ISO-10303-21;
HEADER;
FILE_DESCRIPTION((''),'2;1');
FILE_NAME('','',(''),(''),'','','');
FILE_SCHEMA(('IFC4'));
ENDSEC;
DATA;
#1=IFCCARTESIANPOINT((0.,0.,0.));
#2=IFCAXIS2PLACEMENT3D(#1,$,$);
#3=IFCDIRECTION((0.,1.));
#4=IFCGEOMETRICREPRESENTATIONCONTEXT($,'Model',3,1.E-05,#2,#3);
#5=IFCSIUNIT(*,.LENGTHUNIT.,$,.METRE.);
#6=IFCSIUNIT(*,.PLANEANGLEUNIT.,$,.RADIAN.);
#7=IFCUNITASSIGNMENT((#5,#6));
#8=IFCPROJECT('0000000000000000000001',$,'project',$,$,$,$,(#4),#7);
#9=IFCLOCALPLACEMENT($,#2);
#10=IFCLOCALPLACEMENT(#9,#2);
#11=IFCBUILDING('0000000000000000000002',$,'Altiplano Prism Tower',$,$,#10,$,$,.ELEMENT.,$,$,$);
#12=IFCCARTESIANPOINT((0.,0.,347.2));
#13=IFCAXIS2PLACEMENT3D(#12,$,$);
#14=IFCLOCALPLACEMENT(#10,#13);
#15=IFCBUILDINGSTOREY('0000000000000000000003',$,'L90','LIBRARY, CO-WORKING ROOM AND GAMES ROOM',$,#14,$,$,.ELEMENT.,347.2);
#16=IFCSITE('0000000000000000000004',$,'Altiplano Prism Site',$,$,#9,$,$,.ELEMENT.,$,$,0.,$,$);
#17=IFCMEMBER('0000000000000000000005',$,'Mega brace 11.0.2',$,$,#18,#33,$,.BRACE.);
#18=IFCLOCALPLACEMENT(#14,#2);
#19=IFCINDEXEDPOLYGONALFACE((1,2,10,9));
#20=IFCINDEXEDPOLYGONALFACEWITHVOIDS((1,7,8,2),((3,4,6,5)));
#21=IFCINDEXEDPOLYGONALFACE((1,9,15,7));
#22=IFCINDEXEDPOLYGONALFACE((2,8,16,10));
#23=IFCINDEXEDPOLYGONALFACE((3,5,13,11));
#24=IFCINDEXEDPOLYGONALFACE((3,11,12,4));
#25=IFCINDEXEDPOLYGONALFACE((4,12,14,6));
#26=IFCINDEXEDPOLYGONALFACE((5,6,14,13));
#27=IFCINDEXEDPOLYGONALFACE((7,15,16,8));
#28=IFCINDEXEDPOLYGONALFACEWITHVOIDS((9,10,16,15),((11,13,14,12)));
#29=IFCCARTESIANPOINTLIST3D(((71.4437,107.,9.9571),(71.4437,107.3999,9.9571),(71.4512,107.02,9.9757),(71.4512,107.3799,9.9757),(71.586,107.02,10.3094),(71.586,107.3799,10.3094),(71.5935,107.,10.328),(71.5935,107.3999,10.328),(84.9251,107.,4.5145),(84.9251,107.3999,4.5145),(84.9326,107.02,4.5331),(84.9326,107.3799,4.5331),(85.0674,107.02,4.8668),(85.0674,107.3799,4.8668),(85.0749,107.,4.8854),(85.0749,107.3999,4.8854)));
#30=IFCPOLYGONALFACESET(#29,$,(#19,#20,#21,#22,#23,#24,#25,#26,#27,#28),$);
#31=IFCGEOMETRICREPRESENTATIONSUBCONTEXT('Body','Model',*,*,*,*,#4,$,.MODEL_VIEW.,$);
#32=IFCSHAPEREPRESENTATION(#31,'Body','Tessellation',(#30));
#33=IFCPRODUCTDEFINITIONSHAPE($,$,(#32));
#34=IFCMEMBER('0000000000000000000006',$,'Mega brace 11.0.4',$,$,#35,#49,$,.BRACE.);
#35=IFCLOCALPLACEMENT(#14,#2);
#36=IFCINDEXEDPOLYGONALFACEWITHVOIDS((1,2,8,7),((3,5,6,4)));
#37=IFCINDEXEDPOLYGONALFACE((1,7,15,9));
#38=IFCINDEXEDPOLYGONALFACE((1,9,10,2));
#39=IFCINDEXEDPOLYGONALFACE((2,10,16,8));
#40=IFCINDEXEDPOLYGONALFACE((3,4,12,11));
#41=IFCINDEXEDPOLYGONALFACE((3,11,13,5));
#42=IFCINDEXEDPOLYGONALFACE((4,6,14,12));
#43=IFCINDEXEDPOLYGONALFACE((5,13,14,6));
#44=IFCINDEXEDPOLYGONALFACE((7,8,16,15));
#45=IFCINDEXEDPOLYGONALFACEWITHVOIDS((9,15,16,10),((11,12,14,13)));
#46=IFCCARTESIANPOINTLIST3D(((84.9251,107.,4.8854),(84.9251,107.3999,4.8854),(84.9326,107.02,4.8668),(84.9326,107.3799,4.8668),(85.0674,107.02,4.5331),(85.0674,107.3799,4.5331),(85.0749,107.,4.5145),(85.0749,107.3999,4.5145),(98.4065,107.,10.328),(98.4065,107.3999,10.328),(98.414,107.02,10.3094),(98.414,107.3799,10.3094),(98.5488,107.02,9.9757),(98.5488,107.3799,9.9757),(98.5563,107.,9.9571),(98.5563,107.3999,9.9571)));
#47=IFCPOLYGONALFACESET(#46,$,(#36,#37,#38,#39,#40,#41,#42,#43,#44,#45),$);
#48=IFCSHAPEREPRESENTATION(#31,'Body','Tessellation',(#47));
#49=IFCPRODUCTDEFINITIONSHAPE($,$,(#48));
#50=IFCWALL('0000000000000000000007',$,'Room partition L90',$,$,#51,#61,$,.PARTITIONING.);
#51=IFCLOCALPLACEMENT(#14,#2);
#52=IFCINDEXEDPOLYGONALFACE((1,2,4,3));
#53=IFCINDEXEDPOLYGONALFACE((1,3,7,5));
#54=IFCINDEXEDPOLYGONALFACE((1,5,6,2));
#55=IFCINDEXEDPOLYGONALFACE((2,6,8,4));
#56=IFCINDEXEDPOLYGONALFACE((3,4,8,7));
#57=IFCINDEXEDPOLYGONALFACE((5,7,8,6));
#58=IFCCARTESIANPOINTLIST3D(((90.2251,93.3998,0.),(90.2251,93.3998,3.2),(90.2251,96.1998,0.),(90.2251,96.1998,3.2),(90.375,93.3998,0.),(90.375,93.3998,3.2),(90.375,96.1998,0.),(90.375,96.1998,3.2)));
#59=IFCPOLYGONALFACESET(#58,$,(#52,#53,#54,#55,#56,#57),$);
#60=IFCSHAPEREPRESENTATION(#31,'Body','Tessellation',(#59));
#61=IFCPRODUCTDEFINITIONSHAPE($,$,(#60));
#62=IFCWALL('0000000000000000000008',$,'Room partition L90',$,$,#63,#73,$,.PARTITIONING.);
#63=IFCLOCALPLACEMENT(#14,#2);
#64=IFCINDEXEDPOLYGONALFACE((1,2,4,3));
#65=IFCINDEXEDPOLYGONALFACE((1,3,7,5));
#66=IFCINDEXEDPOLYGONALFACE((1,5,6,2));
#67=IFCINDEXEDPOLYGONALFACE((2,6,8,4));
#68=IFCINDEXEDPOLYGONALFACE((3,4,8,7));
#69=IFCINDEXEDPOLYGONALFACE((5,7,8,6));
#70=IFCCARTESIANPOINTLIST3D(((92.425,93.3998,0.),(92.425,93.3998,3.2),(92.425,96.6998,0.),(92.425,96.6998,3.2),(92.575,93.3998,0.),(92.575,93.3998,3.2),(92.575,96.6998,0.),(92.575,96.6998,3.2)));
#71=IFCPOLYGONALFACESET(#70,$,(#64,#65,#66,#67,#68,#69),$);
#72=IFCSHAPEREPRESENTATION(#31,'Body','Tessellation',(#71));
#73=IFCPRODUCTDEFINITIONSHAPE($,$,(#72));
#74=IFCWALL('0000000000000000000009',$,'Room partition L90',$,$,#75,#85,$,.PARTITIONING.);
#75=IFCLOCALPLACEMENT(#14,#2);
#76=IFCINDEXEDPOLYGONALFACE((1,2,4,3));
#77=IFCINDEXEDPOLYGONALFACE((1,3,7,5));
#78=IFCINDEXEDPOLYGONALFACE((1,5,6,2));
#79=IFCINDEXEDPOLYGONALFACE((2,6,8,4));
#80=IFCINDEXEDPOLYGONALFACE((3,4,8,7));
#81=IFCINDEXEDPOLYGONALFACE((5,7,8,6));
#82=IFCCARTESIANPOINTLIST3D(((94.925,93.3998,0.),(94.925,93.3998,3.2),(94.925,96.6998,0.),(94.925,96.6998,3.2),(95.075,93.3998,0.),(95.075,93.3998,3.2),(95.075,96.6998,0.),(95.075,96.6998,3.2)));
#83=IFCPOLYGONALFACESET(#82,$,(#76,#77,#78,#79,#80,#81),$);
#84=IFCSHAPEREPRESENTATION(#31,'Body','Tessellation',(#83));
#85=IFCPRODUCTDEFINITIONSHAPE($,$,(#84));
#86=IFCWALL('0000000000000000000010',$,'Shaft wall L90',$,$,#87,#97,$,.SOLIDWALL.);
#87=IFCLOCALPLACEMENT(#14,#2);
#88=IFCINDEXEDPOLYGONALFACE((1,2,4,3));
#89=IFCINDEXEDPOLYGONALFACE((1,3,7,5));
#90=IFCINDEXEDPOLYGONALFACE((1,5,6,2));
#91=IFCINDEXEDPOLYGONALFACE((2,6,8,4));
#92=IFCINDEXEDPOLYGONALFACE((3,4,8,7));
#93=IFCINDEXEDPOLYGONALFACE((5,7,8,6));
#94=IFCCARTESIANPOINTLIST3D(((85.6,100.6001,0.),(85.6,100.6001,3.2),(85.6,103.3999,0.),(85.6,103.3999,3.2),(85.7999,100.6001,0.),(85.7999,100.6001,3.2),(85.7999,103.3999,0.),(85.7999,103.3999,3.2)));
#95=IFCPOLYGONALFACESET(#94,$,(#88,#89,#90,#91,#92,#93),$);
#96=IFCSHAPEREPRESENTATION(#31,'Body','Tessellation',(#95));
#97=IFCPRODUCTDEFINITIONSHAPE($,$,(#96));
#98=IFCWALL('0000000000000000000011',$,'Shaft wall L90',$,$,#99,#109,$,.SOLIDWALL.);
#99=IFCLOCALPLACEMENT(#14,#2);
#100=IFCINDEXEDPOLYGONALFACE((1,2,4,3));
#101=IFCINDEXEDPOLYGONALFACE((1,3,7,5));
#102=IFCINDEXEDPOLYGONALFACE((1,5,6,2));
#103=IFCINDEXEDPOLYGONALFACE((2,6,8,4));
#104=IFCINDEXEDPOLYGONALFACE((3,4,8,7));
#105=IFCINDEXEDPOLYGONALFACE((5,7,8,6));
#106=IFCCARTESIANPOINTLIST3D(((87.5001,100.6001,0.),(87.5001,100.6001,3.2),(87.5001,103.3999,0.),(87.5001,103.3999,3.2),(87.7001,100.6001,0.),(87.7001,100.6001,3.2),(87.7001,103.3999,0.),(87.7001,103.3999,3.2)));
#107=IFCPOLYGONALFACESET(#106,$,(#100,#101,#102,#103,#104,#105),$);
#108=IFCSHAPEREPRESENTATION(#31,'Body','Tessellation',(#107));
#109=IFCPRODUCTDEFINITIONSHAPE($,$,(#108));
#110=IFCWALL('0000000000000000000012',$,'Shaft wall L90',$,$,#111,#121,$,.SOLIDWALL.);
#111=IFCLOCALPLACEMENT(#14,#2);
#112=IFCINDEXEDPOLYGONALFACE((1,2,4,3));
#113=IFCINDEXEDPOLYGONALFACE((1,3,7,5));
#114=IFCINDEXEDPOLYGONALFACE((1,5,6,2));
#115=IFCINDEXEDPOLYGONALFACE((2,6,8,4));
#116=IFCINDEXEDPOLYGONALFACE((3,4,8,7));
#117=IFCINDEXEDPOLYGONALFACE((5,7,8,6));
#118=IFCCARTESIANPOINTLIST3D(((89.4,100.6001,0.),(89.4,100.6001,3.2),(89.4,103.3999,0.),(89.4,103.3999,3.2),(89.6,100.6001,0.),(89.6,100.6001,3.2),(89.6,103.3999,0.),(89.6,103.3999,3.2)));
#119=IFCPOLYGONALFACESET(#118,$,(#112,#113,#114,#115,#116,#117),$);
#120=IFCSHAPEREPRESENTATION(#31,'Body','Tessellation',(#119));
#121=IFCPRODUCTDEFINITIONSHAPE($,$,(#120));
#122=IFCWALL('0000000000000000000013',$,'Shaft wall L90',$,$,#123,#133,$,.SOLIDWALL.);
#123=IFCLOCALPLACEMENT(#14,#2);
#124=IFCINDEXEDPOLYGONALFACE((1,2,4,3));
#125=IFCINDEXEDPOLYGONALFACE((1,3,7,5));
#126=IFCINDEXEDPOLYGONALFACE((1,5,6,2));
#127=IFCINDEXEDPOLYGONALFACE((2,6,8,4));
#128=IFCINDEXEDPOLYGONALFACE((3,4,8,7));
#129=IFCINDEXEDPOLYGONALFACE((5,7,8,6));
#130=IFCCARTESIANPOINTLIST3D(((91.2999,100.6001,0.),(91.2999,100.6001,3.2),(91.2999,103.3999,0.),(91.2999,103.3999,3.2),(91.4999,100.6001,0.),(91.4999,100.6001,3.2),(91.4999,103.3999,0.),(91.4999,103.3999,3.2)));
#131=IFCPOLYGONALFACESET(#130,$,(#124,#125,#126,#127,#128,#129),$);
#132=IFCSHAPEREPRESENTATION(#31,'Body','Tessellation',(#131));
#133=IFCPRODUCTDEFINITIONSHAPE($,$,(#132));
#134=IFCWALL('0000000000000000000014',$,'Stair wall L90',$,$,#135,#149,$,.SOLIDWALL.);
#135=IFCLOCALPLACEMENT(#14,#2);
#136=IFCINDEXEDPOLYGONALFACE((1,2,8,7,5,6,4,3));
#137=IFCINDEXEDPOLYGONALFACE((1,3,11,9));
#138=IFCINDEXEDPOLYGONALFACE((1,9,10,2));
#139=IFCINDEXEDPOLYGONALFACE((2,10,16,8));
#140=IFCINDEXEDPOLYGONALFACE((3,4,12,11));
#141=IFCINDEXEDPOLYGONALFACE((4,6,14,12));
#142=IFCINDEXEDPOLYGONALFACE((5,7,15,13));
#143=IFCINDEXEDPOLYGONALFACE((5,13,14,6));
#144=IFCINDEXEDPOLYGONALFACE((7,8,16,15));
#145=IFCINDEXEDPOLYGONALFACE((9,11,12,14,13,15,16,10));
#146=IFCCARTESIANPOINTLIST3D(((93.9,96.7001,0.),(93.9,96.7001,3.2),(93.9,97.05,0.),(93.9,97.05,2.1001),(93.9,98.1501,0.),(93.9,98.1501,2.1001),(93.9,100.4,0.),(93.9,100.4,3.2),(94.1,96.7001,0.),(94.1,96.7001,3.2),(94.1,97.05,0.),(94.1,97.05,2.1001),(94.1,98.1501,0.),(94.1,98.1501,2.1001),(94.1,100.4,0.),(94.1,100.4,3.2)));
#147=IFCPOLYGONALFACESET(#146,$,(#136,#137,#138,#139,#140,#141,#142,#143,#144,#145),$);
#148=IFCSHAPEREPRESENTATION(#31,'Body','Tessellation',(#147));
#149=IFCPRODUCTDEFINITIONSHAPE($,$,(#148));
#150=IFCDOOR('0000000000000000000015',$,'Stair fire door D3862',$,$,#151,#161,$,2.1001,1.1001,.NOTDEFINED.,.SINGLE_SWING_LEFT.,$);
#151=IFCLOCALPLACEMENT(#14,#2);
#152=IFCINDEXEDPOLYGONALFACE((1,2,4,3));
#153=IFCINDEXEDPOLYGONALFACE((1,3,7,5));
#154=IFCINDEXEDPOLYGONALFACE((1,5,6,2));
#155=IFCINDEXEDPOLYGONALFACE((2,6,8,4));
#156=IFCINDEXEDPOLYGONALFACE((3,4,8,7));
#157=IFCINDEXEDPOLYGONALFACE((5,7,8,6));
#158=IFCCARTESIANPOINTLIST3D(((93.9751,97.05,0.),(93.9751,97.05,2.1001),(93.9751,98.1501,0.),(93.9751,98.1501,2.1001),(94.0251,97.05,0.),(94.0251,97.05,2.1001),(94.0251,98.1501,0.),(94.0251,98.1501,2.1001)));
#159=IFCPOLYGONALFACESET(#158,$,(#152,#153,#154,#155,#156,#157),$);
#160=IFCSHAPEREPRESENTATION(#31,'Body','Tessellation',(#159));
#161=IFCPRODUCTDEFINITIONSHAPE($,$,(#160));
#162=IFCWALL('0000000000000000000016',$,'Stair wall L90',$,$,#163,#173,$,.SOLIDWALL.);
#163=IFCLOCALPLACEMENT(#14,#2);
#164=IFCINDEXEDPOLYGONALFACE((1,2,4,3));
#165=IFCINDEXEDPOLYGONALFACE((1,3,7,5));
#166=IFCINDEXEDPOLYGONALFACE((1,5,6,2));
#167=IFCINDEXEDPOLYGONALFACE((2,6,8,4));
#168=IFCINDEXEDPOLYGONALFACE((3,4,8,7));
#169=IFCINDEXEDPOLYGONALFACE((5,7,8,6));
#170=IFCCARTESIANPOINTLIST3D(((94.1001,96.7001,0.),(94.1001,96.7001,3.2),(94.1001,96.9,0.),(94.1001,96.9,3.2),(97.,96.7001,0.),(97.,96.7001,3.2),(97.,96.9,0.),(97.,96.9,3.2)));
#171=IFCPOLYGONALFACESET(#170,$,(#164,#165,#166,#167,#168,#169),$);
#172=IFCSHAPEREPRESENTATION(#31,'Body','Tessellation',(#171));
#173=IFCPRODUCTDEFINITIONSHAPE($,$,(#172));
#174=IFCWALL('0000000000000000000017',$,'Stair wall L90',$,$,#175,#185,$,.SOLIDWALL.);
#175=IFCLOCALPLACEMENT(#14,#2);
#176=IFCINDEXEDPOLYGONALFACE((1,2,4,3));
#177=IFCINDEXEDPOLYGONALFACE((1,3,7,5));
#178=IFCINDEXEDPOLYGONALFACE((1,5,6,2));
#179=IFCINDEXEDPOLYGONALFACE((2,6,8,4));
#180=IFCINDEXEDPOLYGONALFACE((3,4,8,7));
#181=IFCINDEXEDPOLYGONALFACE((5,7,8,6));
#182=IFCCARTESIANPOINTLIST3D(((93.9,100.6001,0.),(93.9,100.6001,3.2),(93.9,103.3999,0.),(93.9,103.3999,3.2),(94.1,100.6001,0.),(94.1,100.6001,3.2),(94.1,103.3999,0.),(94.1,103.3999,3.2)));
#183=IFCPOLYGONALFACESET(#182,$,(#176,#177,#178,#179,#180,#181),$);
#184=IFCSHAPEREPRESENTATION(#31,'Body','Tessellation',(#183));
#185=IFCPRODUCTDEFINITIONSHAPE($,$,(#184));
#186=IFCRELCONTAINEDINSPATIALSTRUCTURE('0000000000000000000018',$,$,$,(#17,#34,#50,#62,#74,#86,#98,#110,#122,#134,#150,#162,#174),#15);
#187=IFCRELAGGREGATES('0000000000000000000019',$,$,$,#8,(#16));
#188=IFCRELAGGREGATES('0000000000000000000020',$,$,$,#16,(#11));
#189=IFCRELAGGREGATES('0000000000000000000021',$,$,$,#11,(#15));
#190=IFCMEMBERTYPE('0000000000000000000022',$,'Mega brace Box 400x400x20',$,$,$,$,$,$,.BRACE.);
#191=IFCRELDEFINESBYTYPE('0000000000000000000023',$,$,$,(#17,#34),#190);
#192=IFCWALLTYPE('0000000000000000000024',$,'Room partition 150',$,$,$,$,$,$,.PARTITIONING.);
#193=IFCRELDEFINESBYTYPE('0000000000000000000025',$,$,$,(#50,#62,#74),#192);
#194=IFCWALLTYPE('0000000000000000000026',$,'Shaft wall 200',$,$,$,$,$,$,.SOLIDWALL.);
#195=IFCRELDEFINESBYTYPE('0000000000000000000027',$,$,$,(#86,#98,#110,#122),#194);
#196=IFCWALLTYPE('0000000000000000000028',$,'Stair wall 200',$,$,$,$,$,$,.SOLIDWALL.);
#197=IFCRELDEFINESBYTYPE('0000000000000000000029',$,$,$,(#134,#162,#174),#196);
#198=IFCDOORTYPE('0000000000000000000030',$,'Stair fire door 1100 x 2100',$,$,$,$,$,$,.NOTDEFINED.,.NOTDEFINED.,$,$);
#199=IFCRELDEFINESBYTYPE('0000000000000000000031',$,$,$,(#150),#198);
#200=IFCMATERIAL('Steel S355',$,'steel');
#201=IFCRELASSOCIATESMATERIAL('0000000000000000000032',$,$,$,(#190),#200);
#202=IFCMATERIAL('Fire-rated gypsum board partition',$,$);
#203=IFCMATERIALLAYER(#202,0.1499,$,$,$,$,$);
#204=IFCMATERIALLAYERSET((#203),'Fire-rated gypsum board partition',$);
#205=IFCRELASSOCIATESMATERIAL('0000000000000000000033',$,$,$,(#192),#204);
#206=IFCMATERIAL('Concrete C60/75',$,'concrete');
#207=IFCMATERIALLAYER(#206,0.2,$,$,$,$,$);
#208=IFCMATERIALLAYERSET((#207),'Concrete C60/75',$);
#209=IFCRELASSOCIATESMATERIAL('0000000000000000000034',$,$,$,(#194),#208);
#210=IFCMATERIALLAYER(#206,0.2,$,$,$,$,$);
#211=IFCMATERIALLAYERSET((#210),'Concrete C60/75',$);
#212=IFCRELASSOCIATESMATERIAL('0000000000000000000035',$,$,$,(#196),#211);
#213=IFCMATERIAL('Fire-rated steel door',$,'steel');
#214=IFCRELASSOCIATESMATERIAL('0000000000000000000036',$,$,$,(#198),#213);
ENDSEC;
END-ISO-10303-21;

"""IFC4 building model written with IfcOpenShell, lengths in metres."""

from ifc_helpers import new_model, si_unit, direction, frame, frame_2d, origin, origin_2d, place, context, subcontext, project, spatial, rectangle, hollow_rectangle, extrude, material, layer, layer_set, material_profile, profile_set, type_object, element, fill, save


model = new_model("IFC4")

# Units and contexts
model_context = context("Model", 3, precision=1e-05, world=origin(), true_north=direction((0.0, 1.0)))
body_context = subcontext(model_context, "Body", "Model", "MODEL_VIEW")
ifc_project = project(units=[si_unit("LENGTHUNIT", "METRE"), si_unit("PLANEANGLEUNIT", "RADIAN")], contexts=[model_context])

# Site, building, storey
site_placement = place(None, origin())
site = spatial("IfcSite", under=ifc_project, at=site_placement, Name="Altiplano Prism Site", CompositionType="ELEMENT", RefElevation=0.0)
building_placement = place(site_placement, origin())
building = spatial("IfcBuilding", under=site, at=building_placement, Name="Altiplano Prism Tower", CompositionType="ELEMENT")
storey_placement = place(building_placement, frame((0.0, 0.0, 347.2)))
storey = spatial("IfcBuildingStorey", under=building, at=storey_placement, Name="L90", Description="LIBRARY, CO-WORKING ROOM AND GAMES ROOM", CompositionType="ELEMENT", Elevation=347.2)

# Members
ifc_material_1 = material(Name="Steel S355", Category="steel")
ifc_material_profile = material_profile(ifc_material_1, hollow_rectangle(XDim=0.3999, YDim=0.3999, WallThickness=0.02, at=origin_2d()), Name="Mega brace Box 400x400x20")
ifc_profile_set = profile_set([ifc_material_profile], Name="Steel S355")
member_type = type_object("IfcMemberType", Name="Mega brace Box 400x400x20", PredefinedType="BRACE", material=ifc_profile_set)
for number, where, z_axis, x_axis, name in (
    (1, (85.0, 107.2, 4.7), (-0.927285, 0.0, 0.374356), (0.0, -1.0, 0.0), "Mega brace 11.0.2"),
    (2, (85.0, 107.2, 4.7), (0.927285, 0.0, 0.374356), (0.0, 1.0, 0.0), "Mega brace 11.0.4"),
):
    element("IfcMember", number, at=place(storey_placement, frame(where, z_axis=z_axis, x_axis=x_axis)), inside=storey, type_object=member_type, Name=name, PredefinedType="BRACE", context=body_context, shape_type="SweptSolid", body=[
        extrude(hollow_rectangle(XDim=0.3999, YDim=0.3999, WallThickness=0.02, at=origin_2d()), origin(), (0.0, 0.0, 1.0), 14.5386),
    ])

# Walls
ifc_material_2 = material(Name="Fire-rated gypsum board partition")
ifc_layer_1 = layer(ifc_material_2, 0.1499)
ifc_layer_set_1 = layer_set([ifc_layer_1], Name="Fire-rated gypsum board partition")
wall_type_1 = type_object("IfcWallType", Name="Room partition 150", PredefinedType="PARTITIONING", material=ifc_layer_set_1)
wall_1_placement = place(storey_placement, frame((90.3, 93.3999, 0.0), z_axis=(0.0, 0.0, 1.0), x_axis=(0.0, 1.0, 0.0)))
element("IfcWall", 3, at=wall_1_placement, inside=storey, type_object=wall_type_1, Name="Room partition L90", PredefinedType="PARTITIONING", context=body_context, shape_type="SweptSolid", body=[
    extrude(rectangle(XDim=2.8, YDim=0.1499, at=frame_2d((1.3999, 0.0))), origin(), (0.0, 0.0, 1.0), 3.2),
])
for number, where, z_axis, x_axis, name in (
    (4, (92.5, 93.3999, 0.0), (0.0, 0.0, 1.0), (0.0, 1.0, 0.0), "Room partition L90"),
    (5, (95.0, 93.3999, 0.0), (0.0, 0.0, 1.0), (0.0, 1.0, 0.0), "Room partition L90"),
):
    element("IfcWall", number, at=place(storey_placement, frame(where, z_axis=z_axis, x_axis=x_axis)), inside=storey, type_object=wall_type_1, Name=name, PredefinedType="PARTITIONING", context=body_context, shape_type="SweptSolid", body=[
        extrude(rectangle(XDim=3.3, YDim=0.1499, at=frame_2d((1.6499, 0.0))), origin(), (0.0, 0.0, 1.0), 3.2),
    ])
ifc_material_3 = material(Name="Concrete C60/75", Category="concrete")
ifc_layer_2 = layer(ifc_material_3, 0.2)
ifc_layer_set_2 = layer_set([ifc_layer_2], Name="Concrete C60/75")
wall_type_2 = type_object("IfcWallType", Name="Shaft wall 200", PredefinedType="SOLIDWALL", material=ifc_layer_set_2)
for number, where, z_axis, x_axis, name in (
    (6, (85.7, 100.6001, 0.0), (0.0, 0.0, 1.0), (0.0, 1.0, 0.0), "Shaft wall L90"),
    (7, (87.6001, 100.6001, 0.0), (0.0, 0.0, 1.0), (0.0, 1.0, 0.0), "Shaft wall L90"),
    (8, (89.5, 100.6001, 0.0), (0.0, 0.0, 1.0), (0.0, 1.0, 0.0), "Shaft wall L90"),
    (9, (91.3999, 100.6001, 0.0), (0.0, 0.0, 1.0), (0.0, 1.0, 0.0), "Shaft wall L90"),
):
    element("IfcWall", number, at=place(storey_placement, frame(where, z_axis=z_axis, x_axis=x_axis)), inside=storey, type_object=wall_type_2, Name=name, PredefinedType="SOLIDWALL", context=body_context, shape_type="SweptSolid", body=[
        extrude(rectangle(XDim=2.7998, YDim=0.2, at=frame_2d((1.3999, 0.0))), origin(), (0.0, 0.0, 1.0), 3.2),
    ])

# Wall, opening, door
ifc_layer_3 = layer(ifc_material_3, 0.2)
ifc_layer_set_3 = layer_set([ifc_layer_3], Name="Concrete C60/75")
wall_type_3 = type_object("IfcWallType", Name="Stair wall 200", PredefinedType="SOLIDWALL", material=ifc_layer_set_3)
wall_2_placement = place(storey_placement, frame((94.0, 96.7, 0.0), z_axis=(0.0, 0.0, 1.0), x_axis=(0.0, 1.0, 0.0)))
wall_2 = element("IfcWall", 10, at=wall_2_placement, inside=storey, type_object=wall_type_3, Name="Stair wall L90", PredefinedType="SOLIDWALL", context=body_context, shape_type="SweptSolid", body=[
    extrude(rectangle(XDim=3.7, YDim=0.2, at=frame_2d((1.8501, 0.0))), origin(), (0.0, 0.0, 1.0), 3.2),
])
opening_1_placement = place(wall_2_placement, frame((0.3501, 0.0, 0.0)))
opening_1 = element("IfcOpeningElement", 11, at=opening_1_placement, cuts=wall_2, PredefinedType="OPENING", context=body_context, shape_type="SweptSolid", body=[
    extrude(rectangle(XDim=1.1001, YDim=2.1001, at=frame_2d((0.55, 1.05))), frame((0.0, 0.1104, 0.0), z_axis=(0.0, -1.0, 0.0), x_axis=(1.0, 0.0, 0.0)), (0.0, 0.0, 1.0), 0.2209),
])
ifc_material_4 = material(Name="Fire-rated steel door", Category="steel")
door_type_1 = type_object("IfcDoorType", Name="Stair fire door 1100 x 2100", OperationType="NOTDEFINED", PredefinedType="NOTDEFINED", material=ifc_material_4)
door_1_placement = place(opening_1_placement, origin())
door_1 = element("IfcDoor", 12, at=door_1_placement, inside=storey, type_object=door_type_1, Name="Stair fire door D3862", OperationType="SINGLE_SWING_LEFT", OverallHeight=2.1001, OverallWidth=1.1001, PredefinedType="NOTDEFINED", context=body_context, shape_type="SweptSolid", body=[
    extrude(rectangle(XDim=1.1001, YDim=2.1001, at=frame_2d((0.55, 1.05))), frame((0.0, 0.0249, 0.0), z_axis=(0.0, -1.0, 0.0), x_axis=(1.0, 0.0, 0.0)), (0.0, 0.0, 1.0), 0.05),
])
fill(opening_1, door_1)

# Walls
wall_3_placement = place(storey_placement, frame((94.1001, 96.8, 0.0), z_axis=(0.0, 0.0, 1.0), x_axis=(1.0, 0.0, 0.0)))
element("IfcWall", 13, at=wall_3_placement, inside=storey, type_object=wall_type_3, Name="Stair wall L90", PredefinedType="SOLIDWALL", context=body_context, shape_type="SweptSolid", body=[
    extrude(rectangle(XDim=2.8999, YDim=0.2, at=frame_2d((1.45, 0.0))), origin(), (0.0, 0.0, 1.0), 3.2),
])
wall_4_placement = place(storey_placement, frame((94.0, 100.6001, 0.0), z_axis=(0.0, 0.0, 1.0), x_axis=(0.0, 1.0, 0.0)))
element("IfcWall", 14, at=wall_4_placement, inside=storey, type_object=wall_type_3, Name="Stair wall L90", PredefinedType="SOLIDWALL", context=body_context, shape_type="SweptSolid", body=[
    extrude(rectangle(XDim=2.7998, YDim=0.2, at=frame_2d((1.3999, 0.0))), origin(), (0.0, 0.0, 1.0), 3.2),
])

save(model, "model.ifc")
